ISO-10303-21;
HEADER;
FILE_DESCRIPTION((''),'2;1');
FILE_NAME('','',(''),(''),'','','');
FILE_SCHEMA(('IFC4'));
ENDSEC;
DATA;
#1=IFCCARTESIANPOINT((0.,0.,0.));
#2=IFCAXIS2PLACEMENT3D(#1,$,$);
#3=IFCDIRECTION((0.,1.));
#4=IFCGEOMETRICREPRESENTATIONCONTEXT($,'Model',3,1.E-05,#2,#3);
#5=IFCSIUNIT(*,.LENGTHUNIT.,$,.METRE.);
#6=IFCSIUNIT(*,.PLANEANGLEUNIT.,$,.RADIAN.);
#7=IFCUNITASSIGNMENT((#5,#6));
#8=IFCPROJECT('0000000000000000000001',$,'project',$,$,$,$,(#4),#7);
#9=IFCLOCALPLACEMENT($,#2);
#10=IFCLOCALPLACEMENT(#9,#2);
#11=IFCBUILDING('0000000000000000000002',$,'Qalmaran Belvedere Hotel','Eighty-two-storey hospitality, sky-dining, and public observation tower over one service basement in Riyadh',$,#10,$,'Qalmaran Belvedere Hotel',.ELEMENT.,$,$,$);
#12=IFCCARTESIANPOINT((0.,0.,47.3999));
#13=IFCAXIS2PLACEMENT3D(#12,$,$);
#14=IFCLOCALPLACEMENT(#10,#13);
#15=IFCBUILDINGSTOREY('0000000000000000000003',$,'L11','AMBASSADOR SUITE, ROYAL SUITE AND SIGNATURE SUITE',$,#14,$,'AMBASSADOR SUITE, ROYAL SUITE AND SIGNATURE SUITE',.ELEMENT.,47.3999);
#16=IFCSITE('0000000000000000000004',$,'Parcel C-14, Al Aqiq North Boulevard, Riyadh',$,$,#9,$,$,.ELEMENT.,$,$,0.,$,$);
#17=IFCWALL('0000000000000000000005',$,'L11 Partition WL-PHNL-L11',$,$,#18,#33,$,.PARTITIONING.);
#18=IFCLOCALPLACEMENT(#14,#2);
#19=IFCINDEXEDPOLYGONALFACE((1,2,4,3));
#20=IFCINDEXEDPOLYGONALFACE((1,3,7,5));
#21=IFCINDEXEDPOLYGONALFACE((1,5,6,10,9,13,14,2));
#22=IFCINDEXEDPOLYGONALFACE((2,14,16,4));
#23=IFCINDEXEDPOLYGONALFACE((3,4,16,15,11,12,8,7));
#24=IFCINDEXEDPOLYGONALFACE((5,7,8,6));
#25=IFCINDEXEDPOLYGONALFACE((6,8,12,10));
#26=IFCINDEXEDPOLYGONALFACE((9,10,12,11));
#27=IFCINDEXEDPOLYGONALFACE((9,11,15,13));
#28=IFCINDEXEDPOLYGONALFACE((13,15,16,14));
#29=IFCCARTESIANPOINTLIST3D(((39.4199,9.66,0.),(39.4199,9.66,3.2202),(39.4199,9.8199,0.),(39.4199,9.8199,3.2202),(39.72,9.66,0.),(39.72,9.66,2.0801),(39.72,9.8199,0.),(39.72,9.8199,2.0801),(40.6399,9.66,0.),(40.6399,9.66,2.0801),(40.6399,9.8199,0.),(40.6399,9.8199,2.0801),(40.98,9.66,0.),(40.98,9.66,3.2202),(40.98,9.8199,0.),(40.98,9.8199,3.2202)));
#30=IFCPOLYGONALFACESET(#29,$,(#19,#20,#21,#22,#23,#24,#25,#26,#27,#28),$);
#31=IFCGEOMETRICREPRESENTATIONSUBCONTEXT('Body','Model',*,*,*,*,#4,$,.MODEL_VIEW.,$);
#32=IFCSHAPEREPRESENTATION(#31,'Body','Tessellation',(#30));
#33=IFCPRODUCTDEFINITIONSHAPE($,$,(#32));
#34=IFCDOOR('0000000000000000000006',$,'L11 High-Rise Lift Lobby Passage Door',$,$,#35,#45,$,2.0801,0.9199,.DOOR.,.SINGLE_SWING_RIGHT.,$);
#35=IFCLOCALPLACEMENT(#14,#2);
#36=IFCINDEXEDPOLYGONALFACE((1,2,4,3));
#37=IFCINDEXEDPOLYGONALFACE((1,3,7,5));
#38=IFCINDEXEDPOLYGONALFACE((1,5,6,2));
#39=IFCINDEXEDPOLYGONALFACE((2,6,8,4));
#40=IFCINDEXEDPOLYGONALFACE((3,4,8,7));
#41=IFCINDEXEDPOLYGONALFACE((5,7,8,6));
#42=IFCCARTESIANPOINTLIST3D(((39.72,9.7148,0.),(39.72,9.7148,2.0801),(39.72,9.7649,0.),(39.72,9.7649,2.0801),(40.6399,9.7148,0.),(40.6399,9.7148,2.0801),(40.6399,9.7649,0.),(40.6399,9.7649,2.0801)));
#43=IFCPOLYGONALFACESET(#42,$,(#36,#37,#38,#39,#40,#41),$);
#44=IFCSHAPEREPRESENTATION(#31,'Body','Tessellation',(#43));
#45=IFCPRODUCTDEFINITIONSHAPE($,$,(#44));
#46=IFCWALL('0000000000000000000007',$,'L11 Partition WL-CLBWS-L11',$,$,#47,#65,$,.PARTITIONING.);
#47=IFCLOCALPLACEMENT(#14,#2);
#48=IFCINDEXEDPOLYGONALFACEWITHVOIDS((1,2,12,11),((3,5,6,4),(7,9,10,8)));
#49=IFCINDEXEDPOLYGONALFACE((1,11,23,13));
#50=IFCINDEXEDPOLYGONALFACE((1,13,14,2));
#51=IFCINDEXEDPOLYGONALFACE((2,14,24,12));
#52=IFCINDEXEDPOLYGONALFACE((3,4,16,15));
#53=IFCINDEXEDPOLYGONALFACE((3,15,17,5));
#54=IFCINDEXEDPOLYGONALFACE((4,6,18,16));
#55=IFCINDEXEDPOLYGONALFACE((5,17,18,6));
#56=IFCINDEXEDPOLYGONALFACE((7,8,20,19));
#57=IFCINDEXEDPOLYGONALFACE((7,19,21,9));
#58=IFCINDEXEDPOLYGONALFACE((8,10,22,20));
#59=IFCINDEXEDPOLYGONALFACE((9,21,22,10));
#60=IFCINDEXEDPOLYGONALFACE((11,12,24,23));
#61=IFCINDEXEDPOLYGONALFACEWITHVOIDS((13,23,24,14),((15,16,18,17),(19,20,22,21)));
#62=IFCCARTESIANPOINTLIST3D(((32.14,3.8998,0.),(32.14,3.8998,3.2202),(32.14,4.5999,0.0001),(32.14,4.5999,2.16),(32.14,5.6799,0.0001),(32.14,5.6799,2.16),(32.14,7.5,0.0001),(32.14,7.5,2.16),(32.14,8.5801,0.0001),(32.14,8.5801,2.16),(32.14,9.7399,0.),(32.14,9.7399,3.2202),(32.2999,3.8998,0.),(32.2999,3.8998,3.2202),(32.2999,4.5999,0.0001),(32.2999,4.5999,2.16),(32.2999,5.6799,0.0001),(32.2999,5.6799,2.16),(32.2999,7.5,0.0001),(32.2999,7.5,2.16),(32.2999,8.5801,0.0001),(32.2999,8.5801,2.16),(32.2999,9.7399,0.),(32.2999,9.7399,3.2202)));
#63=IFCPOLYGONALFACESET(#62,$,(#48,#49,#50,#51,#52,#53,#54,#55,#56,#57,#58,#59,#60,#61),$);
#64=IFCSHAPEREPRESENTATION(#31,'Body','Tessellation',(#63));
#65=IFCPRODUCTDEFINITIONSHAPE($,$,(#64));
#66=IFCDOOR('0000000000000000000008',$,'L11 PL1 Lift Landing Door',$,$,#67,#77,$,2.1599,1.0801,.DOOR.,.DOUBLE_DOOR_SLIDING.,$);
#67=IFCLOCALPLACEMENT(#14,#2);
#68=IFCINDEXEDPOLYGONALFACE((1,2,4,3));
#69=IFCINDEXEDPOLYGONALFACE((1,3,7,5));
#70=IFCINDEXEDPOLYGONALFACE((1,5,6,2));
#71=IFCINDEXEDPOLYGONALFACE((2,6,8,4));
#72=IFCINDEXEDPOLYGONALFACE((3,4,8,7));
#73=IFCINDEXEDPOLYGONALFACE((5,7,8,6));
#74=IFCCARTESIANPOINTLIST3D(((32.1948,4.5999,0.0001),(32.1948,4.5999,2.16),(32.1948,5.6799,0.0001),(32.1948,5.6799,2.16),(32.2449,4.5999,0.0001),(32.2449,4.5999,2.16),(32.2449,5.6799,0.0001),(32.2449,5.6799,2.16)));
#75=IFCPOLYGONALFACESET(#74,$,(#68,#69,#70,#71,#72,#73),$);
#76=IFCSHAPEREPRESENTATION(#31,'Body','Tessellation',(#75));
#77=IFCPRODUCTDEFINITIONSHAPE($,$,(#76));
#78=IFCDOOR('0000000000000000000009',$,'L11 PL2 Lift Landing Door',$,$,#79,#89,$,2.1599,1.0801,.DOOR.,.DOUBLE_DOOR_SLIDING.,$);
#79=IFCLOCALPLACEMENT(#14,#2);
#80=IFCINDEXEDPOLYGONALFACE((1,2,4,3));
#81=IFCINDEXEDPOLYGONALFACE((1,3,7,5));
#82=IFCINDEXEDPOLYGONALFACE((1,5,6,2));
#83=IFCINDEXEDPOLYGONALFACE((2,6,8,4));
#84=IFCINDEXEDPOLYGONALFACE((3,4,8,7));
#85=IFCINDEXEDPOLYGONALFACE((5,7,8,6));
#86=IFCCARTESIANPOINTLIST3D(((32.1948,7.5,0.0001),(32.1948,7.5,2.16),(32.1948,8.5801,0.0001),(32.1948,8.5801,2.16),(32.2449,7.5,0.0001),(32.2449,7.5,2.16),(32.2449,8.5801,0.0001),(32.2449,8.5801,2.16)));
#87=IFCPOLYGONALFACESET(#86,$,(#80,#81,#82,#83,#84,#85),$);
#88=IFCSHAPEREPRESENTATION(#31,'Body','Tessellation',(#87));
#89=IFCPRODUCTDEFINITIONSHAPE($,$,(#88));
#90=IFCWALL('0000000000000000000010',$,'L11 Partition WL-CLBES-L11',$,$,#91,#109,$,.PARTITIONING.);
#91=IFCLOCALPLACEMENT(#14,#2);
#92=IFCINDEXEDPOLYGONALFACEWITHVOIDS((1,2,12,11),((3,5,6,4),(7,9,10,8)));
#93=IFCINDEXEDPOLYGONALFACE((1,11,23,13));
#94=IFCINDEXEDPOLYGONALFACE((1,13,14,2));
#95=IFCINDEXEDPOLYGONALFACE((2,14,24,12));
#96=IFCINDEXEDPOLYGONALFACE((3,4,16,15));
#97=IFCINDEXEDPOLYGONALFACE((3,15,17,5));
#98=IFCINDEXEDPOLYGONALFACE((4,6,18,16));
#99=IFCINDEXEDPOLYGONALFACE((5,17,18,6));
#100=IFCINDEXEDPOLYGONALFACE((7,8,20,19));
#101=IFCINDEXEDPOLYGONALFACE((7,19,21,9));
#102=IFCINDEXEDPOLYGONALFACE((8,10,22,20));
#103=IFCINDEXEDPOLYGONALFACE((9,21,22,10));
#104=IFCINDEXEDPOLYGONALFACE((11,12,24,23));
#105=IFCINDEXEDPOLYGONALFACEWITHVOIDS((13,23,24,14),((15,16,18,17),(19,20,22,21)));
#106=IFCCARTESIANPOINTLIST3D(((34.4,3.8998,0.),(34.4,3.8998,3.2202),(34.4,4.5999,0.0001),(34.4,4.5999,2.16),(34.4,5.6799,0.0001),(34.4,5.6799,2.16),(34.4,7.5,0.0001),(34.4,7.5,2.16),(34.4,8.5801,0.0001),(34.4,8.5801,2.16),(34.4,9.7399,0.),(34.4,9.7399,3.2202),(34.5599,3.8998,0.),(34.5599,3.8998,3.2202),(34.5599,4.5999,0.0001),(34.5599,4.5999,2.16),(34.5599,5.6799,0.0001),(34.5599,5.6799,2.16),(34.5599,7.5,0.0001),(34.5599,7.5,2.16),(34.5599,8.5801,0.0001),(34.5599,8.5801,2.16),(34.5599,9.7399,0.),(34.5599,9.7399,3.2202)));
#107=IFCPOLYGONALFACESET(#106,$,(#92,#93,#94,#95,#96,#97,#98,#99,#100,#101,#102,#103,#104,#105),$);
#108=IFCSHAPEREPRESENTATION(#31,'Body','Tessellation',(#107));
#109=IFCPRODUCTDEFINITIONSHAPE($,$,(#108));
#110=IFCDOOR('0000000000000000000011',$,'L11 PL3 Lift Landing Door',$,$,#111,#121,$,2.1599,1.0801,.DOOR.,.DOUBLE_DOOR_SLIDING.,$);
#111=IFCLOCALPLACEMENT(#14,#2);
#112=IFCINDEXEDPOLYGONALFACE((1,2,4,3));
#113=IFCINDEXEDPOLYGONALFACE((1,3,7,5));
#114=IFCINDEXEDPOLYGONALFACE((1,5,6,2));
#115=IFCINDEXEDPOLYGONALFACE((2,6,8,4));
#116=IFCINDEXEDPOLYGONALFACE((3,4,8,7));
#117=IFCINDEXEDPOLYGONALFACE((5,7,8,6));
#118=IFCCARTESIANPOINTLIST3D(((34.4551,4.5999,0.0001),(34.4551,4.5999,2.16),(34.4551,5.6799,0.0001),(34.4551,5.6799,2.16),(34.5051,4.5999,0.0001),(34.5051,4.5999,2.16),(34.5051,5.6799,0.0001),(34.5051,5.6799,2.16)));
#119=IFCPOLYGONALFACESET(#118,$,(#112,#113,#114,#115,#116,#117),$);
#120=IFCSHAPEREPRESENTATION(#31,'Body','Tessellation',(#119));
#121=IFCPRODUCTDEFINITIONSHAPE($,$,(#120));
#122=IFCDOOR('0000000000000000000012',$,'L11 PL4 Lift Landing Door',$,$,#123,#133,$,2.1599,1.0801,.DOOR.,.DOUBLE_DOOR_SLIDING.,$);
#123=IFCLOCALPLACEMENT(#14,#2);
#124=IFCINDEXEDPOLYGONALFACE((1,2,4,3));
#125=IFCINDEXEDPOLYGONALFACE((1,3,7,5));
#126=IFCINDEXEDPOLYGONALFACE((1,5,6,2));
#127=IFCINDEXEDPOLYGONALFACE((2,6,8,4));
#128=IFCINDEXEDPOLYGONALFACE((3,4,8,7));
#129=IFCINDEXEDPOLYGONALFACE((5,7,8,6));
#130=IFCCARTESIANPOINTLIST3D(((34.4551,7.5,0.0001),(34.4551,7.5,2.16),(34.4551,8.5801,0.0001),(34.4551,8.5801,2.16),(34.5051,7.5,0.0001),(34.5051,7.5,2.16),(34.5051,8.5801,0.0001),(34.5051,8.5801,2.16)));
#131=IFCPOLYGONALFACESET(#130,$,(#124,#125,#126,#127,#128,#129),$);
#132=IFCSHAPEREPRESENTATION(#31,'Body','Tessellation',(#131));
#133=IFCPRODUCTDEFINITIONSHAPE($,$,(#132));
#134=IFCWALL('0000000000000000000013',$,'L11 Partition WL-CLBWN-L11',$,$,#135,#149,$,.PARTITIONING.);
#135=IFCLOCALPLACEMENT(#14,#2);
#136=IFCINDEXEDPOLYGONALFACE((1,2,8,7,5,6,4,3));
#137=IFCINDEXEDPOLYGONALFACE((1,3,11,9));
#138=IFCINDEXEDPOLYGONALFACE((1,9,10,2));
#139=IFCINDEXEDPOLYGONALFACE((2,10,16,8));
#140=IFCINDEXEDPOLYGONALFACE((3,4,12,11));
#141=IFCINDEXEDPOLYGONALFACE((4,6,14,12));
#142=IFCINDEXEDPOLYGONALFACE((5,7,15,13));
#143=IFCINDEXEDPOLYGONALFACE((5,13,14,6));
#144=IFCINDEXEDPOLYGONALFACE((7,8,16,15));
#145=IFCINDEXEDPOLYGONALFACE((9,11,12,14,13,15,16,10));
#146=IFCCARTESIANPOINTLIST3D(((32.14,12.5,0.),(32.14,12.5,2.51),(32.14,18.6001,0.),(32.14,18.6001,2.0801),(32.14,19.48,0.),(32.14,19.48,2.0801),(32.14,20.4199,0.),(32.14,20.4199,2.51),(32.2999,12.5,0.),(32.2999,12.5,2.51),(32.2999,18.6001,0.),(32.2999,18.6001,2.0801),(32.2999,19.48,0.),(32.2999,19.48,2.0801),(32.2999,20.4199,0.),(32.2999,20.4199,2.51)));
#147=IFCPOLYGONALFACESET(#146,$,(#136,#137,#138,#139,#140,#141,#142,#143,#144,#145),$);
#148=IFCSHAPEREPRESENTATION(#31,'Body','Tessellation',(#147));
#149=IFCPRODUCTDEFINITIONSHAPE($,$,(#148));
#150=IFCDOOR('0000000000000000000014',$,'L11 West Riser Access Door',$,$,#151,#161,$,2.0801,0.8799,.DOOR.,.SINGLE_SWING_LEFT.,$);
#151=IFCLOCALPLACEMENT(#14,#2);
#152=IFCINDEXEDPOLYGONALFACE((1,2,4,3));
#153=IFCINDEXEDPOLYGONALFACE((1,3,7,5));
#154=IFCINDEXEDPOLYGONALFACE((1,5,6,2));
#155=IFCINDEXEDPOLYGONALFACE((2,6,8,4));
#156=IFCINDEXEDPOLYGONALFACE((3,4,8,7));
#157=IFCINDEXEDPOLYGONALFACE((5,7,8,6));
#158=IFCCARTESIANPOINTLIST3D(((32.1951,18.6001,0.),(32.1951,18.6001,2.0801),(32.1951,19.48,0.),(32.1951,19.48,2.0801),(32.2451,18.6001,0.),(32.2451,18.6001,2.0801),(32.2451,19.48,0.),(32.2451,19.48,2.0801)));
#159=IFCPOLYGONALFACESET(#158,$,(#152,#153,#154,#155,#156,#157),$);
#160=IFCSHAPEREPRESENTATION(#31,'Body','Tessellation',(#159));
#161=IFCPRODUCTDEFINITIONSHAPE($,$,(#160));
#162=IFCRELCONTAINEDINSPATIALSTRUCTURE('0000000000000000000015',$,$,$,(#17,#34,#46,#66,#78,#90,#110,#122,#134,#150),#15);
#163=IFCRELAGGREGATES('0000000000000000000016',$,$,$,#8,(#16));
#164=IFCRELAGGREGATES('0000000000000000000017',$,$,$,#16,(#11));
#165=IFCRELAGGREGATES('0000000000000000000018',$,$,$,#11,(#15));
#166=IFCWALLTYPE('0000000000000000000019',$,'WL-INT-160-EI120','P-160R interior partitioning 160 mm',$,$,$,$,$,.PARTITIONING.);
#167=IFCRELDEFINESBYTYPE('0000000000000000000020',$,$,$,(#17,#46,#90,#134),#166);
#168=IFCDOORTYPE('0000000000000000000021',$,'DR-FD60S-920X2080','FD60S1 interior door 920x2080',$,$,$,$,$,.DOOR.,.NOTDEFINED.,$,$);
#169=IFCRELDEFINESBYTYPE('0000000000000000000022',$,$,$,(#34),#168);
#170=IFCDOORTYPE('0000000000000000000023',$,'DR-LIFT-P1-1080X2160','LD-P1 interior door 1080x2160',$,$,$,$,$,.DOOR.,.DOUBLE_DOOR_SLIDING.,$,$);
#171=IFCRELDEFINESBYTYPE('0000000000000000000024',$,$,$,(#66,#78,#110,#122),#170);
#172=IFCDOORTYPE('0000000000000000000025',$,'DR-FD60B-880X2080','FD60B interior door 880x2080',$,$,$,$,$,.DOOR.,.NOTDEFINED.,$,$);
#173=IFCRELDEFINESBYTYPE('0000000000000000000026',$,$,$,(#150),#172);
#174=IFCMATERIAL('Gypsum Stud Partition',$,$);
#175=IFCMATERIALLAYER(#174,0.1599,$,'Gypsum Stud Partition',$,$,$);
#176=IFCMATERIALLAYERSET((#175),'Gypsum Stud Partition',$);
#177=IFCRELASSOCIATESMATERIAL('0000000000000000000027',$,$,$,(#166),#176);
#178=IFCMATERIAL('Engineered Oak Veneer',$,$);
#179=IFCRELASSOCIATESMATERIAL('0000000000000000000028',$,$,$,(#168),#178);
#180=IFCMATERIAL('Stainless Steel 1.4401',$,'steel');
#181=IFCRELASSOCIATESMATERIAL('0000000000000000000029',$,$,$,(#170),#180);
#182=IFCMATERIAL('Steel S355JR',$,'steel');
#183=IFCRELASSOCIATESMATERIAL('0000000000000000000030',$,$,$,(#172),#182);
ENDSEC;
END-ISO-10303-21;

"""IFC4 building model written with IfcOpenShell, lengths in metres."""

from ifc_helpers import new_model, si_unit, direction, frame, frame_2d, origin, place, context, subcontext, project, spatial, rectangle, extrude, material, layer, layer_set, type_object, element, fill, save


model = new_model("IFC4")

# Units and contexts
model_context = context("Model", 3, precision=1e-05, world=origin(), true_north=direction((0.0, 1.0)))
body_context = subcontext(model_context, "Body", "Model", "MODEL_VIEW")
ifc_project = project(units=[si_unit("LENGTHUNIT", "METRE"), si_unit("PLANEANGLEUNIT", "RADIAN")], contexts=[model_context])

# Site, building, storey
site_placement = place(None, origin())
site = spatial("IfcSite", under=ifc_project, at=site_placement, Name="Parcel C-14, Al Aqiq North Boulevard, Riyadh", CompositionType="ELEMENT", RefElevation=0.0)
building_placement = place(site_placement, origin())
building = spatial("IfcBuilding", under=site, at=building_placement, Name="Qalmaran Belvedere Hotel", Description="Eighty-two-storey hospitality, sky-dining, and public observation tower over one service basement in Riyadh", LongName="Qalmaran Belvedere Hotel", CompositionType="ELEMENT")
storey_placement = place(building_placement, frame((0.0, 0.0, 47.3999)))
storey = spatial("IfcBuildingStorey", under=building, at=storey_placement, Name="L11", Description="AMBASSADOR SUITE, ROYAL SUITE AND SIGNATURE SUITE", LongName="AMBASSADOR SUITE, ROYAL SUITE AND SIGNATURE SUITE", CompositionType="ELEMENT", Elevation=47.3999)

# Shared definitions
ifc_material_1 = material(Name="Steel S355JR", Category="steel")

# Shared definitions
ifc_material_2 = material(Name="Gypsum Stud Partition")
ifc_layer_1 = layer(ifc_material_2, 0.1599, Name="Gypsum Stud Partition")
ifc_layer_set_1 = layer_set([ifc_layer_1], Name="Gypsum Stud Partition")
wall_type_1 = type_object("IfcWallType", Name="WL-INT-160-EI120", Description="P-160R interior partitioning 160 mm", PredefinedType="PARTITIONING", material=ifc_layer_set_1)

# Wall, opening, door
wall_1_placement = place(storey_placement, frame((39.4199, 9.74, 0.0), z_axis=(0.0, 0.0, 1.0), x_axis=(1.0, 0.0, 0.0)))
wall_1 = element("IfcWall", 1, at=wall_1_placement, inside=storey, type_object=wall_type_1, Name="L11 Partition WL-PHNL-L11", PredefinedType="PARTITIONING", context=body_context, shape_type="SweptSolid", body=[
    extrude(rectangle(XDim=1.5601, YDim=0.1599, at=frame_2d((0.78, 0.0))), origin(), (0.0, 0.0, 1.0), 3.2202),
])
opening_1_placement = place(wall_1_placement, frame((0.3, 0.0, 0.0)))
opening_1 = element("IfcOpeningElement", 2, at=opening_1_placement, cuts=wall_1, PredefinedType="OPENING", context=body_context, shape_type="SweptSolid", body=[
    extrude(rectangle(XDim=0.9199, YDim=2.0801, at=frame_2d((0.46, 1.04))), frame((0.0, 0.0898, 0.0), z_axis=(0.0, -1.0, 0.0), x_axis=(1.0, 0.0, 0.0)), (0.0, 0.0, 1.0), 0.1799),
])
ifc_material_3 = material(Name="Engineered Oak Veneer")
door_type_1 = type_object("IfcDoorType", Name="DR-FD60S-920X2080", Description="FD60S1 interior door 920x2080", OperationType="NOTDEFINED", PredefinedType="DOOR", material=ifc_material_3)
door_1_placement = place(opening_1_placement, origin())
door_1 = element("IfcDoor", 3, at=door_1_placement, inside=storey, type_object=door_type_1, Name="L11 High-Rise Lift Lobby Passage Door", OperationType="SINGLE_SWING_RIGHT", OverallHeight=2.0801, OverallWidth=0.9199, PredefinedType="DOOR", context=body_context, shape_type="SweptSolid", body=[
    extrude(rectangle(XDim=0.9199, YDim=2.0801, at=frame_2d((0.46, 1.04))), frame((0.0, 0.0249, 0.0), z_axis=(0.0, -1.0, 0.0), x_axis=(1.0, 0.0, 0.0)), (0.0, 0.0, 1.0), 0.05),
])
fill(opening_1, door_1)

# Walls, openings, doors
wall_2_placement = place(storey_placement, frame((32.22, 3.8999, 0.0), z_axis=(0.0, 0.0, 1.0), x_axis=(0.0, 1.0, 0.0)))
wall_2 = element("IfcWall", 4, at=wall_2_placement, inside=storey, type_object=wall_type_1, Name="L11 Partition WL-CLBWS-L11", PredefinedType="PARTITIONING", context=body_context, shape_type="SweptSolid", body=[
    extrude(rectangle(XDim=5.8401, YDim=0.1599, at=frame_2d((2.9199, 0.0))), origin(), (0.0, 0.0, 1.0), 3.2202),
])
opening_2_placement = place(wall_2_placement, frame((1.78, 0.0, 0.0), z_axis=(0.0, 0.0, 1.0), x_axis=(-1.0, 0.0, 0.0)))
opening_2 = element("IfcOpeningElement", 5, at=opening_2_placement, cuts=wall_2, PredefinedType="OPENING", context=body_context, shape_type="SweptSolid", body=[
    extrude(rectangle(XDim=1.0801, YDim=2.1599, at=frame_2d((0.54, 1.0801))), frame((0.0, 0.0898, 0.0), z_axis=(0.0, -1.0, 0.0), x_axis=(1.0, 0.0, 0.0)), (0.0, 0.0, 1.0), 0.1799),
])
opening_3_placement = place(wall_2_placement, frame((4.6802, 0.0, 0.0), z_axis=(0.0, 0.0, 1.0), x_axis=(-1.0, 0.0, 0.0)))
opening_3 = element("IfcOpeningElement", 6, at=opening_3_placement, cuts=wall_2, PredefinedType="OPENING", context=body_context, shape_type="SweptSolid", body=[
    extrude(rectangle(XDim=1.0801, YDim=2.1599, at=frame_2d((0.54, 1.0801))), frame((0.0, 0.0898, 0.0), z_axis=(0.0, -1.0, 0.0), x_axis=(1.0, 0.0, 0.0)), (0.0, 0.0, 1.0), 0.1799),
])
ifc_material_4 = material(Name="Stainless Steel 1.4401", Category="steel")
door_type_2 = type_object("IfcDoorType", Name="DR-LIFT-P1-1080X2160", Description="LD-P1 interior door 1080x2160", OperationType="DOUBLE_DOOR_SLIDING", PredefinedType="DOOR", material=ifc_material_4)
door_2_placement = place(opening_2_placement, origin())
door_2 = element("IfcDoor", 7, at=door_2_placement, inside=storey, type_object=door_type_2, Name="L11 PL1 Lift Landing Door", OperationType="DOUBLE_DOOR_SLIDING", OverallHeight=2.1599, OverallWidth=1.0801, PredefinedType="DOOR", context=body_context, shape_type="SweptSolid", body=[
    extrude(rectangle(XDim=1.0801, YDim=2.1599, at=frame_2d((0.54, 1.0801))), frame((0.0, 0.0249, 0.0), z_axis=(0.0, -1.0, 0.0), x_axis=(1.0, 0.0, 0.0)), (0.0, 0.0, 1.0), 0.05),
])
fill(opening_2, door_2)
door_3_placement = place(opening_3_placement, origin())
door_3 = element("IfcDoor", 8, at=door_3_placement, inside=storey, type_object=door_type_2, Name="L11 PL2 Lift Landing Door", OperationType="DOUBLE_DOOR_SLIDING", OverallHeight=2.1599, OverallWidth=1.0801, PredefinedType="DOOR", context=body_context, shape_type="SweptSolid", body=[
    extrude(rectangle(XDim=1.0801, YDim=2.1599, at=frame_2d((0.54, 1.0801))), frame((0.0, 0.0249, 0.0), z_axis=(0.0, -1.0, 0.0), x_axis=(1.0, 0.0, 0.0)), (0.0, 0.0, 1.0), 0.05),
])
fill(opening_3, door_3)
wall_3_placement = place(storey_placement, frame((34.48, 3.8999, 0.0), z_axis=(0.0, 0.0, 1.0), x_axis=(0.0, 1.0, 0.0)))
wall_3 = element("IfcWall", 9, at=wall_3_placement, inside=storey, type_object=wall_type_1, Name="L11 Partition WL-CLBES-L11", PredefinedType="PARTITIONING", context=body_context, shape_type="SweptSolid", body=[
    extrude(rectangle(XDim=5.8401, YDim=0.1599, at=frame_2d((2.9199, 0.0))), origin(), (0.0, 0.0, 1.0), 3.2202),
])
opening_4_placement = place(wall_3_placement, frame((0.7, 0.0, 0.0)))
opening_4 = element("IfcOpeningElement", 10, at=opening_4_placement, cuts=wall_3, PredefinedType="OPENING", context=body_context, shape_type="SweptSolid", body=[
    extrude(rectangle(XDim=1.0801, YDim=2.1599, at=frame_2d((0.54, 1.0801))), frame((0.0, 0.0898, 0.0), z_axis=(0.0, -1.0, 0.0), x_axis=(1.0, 0.0, 0.0)), (0.0, 0.0, 1.0), 0.1799),
])
opening_5_placement = place(wall_3_placement, frame((3.6001, 0.0, 0.0)))
opening_5 = element("IfcOpeningElement", 11, at=opening_5_placement, cuts=wall_3, PredefinedType="OPENING", context=body_context, shape_type="SweptSolid", body=[
    extrude(rectangle(XDim=1.0801, YDim=2.1599, at=frame_2d((0.54, 1.0801))), frame((0.0, 0.0898, 0.0), z_axis=(0.0, -1.0, 0.0), x_axis=(1.0, 0.0, 0.0)), (0.0, 0.0, 1.0), 0.1799),
])
door_4_placement = place(opening_4_placement, origin())
door_4 = element("IfcDoor", 12, at=door_4_placement, inside=storey, type_object=door_type_2, Name="L11 PL3 Lift Landing Door", OperationType="DOUBLE_DOOR_SLIDING", OverallHeight=2.1599, OverallWidth=1.0801, PredefinedType="DOOR", context=body_context, shape_type="SweptSolid", body=[
    extrude(rectangle(XDim=1.0801, YDim=2.1599, at=frame_2d((0.54, 1.0801))), frame((0.0, 0.0249, 0.0), z_axis=(0.0, -1.0, 0.0), x_axis=(1.0, 0.0, 0.0)), (0.0, 0.0, 1.0), 0.05),
])
fill(opening_4, door_4)
door_5_placement = place(opening_5_placement, origin())
door_5 = element("IfcDoor", 13, at=door_5_placement, inside=storey, type_object=door_type_2, Name="L11 PL4 Lift Landing Door", OperationType="DOUBLE_DOOR_SLIDING", OverallHeight=2.1599, OverallWidth=1.0801, PredefinedType="DOOR", context=body_context, shape_type="SweptSolid", body=[
    extrude(rectangle(XDim=1.0801, YDim=2.1599, at=frame_2d((0.54, 1.0801))), frame((0.0, 0.0249, 0.0), z_axis=(0.0, -1.0, 0.0), x_axis=(1.0, 0.0, 0.0)), (0.0, 0.0, 1.0), 0.05),
])
fill(opening_5, door_5)

# Wall, opening, door
wall_4_placement = place(storey_placement, frame((32.22, 12.5, 0.0), z_axis=(0.0, 0.0, 1.0), x_axis=(0.0, 1.0, 0.0)))
wall_4 = element("IfcWall", 14, at=wall_4_placement, inside=storey, type_object=wall_type_1, Name="L11 Partition WL-CLBWN-L11", PredefinedType="PARTITIONING", context=body_context, shape_type="SweptSolid", body=[
    extrude(rectangle(XDim=7.9199, YDim=0.1599, at=frame_2d((3.96, 0.0))), origin(), (0.0, 0.0, 1.0), 2.51),
])
opening_6_placement = place(wall_4_placement, frame((6.1001, 0.0, 0.0)))
opening_6 = element("IfcOpeningElement", 15, at=opening_6_placement, cuts=wall_4, PredefinedType="OPENING", context=body_context, shape_type="SweptSolid", body=[
    extrude(rectangle(XDim=0.8799, YDim=2.0801, at=frame_2d((0.4399, 1.04))), frame((0.0, 0.0898, 0.0), z_axis=(0.0, -1.0, 0.0), x_axis=(1.0, 0.0, 0.0)), (0.0, 0.0, 1.0), 0.1799),
])
door_type_3 = type_object("IfcDoorType", Name="DR-FD60B-880X2080", Description="FD60B interior door 880x2080", OperationType="NOTDEFINED", PredefinedType="DOOR", material=ifc_material_1)
door_6_placement = place(opening_6_placement, origin())
door_6 = element("IfcDoor", 16, at=door_6_placement, inside=storey, type_object=door_type_3, Name="L11 West Riser Access Door", OperationType="SINGLE_SWING_LEFT", OverallHeight=2.0801, OverallWidth=0.8799, PredefinedType="DOOR", context=body_context, shape_type="SweptSolid", body=[
    extrude(rectangle(XDim=0.8799, YDim=2.0801, at=frame_2d((0.4399, 1.04))), frame((0.0, 0.0249, 0.0), z_axis=(0.0, -1.0, 0.0), x_axis=(1.0, 0.0, 0.0)), (0.0, 0.0, 1.0), 0.05),
])
fill(opening_6, door_6)

save(model, "model.ifc")
